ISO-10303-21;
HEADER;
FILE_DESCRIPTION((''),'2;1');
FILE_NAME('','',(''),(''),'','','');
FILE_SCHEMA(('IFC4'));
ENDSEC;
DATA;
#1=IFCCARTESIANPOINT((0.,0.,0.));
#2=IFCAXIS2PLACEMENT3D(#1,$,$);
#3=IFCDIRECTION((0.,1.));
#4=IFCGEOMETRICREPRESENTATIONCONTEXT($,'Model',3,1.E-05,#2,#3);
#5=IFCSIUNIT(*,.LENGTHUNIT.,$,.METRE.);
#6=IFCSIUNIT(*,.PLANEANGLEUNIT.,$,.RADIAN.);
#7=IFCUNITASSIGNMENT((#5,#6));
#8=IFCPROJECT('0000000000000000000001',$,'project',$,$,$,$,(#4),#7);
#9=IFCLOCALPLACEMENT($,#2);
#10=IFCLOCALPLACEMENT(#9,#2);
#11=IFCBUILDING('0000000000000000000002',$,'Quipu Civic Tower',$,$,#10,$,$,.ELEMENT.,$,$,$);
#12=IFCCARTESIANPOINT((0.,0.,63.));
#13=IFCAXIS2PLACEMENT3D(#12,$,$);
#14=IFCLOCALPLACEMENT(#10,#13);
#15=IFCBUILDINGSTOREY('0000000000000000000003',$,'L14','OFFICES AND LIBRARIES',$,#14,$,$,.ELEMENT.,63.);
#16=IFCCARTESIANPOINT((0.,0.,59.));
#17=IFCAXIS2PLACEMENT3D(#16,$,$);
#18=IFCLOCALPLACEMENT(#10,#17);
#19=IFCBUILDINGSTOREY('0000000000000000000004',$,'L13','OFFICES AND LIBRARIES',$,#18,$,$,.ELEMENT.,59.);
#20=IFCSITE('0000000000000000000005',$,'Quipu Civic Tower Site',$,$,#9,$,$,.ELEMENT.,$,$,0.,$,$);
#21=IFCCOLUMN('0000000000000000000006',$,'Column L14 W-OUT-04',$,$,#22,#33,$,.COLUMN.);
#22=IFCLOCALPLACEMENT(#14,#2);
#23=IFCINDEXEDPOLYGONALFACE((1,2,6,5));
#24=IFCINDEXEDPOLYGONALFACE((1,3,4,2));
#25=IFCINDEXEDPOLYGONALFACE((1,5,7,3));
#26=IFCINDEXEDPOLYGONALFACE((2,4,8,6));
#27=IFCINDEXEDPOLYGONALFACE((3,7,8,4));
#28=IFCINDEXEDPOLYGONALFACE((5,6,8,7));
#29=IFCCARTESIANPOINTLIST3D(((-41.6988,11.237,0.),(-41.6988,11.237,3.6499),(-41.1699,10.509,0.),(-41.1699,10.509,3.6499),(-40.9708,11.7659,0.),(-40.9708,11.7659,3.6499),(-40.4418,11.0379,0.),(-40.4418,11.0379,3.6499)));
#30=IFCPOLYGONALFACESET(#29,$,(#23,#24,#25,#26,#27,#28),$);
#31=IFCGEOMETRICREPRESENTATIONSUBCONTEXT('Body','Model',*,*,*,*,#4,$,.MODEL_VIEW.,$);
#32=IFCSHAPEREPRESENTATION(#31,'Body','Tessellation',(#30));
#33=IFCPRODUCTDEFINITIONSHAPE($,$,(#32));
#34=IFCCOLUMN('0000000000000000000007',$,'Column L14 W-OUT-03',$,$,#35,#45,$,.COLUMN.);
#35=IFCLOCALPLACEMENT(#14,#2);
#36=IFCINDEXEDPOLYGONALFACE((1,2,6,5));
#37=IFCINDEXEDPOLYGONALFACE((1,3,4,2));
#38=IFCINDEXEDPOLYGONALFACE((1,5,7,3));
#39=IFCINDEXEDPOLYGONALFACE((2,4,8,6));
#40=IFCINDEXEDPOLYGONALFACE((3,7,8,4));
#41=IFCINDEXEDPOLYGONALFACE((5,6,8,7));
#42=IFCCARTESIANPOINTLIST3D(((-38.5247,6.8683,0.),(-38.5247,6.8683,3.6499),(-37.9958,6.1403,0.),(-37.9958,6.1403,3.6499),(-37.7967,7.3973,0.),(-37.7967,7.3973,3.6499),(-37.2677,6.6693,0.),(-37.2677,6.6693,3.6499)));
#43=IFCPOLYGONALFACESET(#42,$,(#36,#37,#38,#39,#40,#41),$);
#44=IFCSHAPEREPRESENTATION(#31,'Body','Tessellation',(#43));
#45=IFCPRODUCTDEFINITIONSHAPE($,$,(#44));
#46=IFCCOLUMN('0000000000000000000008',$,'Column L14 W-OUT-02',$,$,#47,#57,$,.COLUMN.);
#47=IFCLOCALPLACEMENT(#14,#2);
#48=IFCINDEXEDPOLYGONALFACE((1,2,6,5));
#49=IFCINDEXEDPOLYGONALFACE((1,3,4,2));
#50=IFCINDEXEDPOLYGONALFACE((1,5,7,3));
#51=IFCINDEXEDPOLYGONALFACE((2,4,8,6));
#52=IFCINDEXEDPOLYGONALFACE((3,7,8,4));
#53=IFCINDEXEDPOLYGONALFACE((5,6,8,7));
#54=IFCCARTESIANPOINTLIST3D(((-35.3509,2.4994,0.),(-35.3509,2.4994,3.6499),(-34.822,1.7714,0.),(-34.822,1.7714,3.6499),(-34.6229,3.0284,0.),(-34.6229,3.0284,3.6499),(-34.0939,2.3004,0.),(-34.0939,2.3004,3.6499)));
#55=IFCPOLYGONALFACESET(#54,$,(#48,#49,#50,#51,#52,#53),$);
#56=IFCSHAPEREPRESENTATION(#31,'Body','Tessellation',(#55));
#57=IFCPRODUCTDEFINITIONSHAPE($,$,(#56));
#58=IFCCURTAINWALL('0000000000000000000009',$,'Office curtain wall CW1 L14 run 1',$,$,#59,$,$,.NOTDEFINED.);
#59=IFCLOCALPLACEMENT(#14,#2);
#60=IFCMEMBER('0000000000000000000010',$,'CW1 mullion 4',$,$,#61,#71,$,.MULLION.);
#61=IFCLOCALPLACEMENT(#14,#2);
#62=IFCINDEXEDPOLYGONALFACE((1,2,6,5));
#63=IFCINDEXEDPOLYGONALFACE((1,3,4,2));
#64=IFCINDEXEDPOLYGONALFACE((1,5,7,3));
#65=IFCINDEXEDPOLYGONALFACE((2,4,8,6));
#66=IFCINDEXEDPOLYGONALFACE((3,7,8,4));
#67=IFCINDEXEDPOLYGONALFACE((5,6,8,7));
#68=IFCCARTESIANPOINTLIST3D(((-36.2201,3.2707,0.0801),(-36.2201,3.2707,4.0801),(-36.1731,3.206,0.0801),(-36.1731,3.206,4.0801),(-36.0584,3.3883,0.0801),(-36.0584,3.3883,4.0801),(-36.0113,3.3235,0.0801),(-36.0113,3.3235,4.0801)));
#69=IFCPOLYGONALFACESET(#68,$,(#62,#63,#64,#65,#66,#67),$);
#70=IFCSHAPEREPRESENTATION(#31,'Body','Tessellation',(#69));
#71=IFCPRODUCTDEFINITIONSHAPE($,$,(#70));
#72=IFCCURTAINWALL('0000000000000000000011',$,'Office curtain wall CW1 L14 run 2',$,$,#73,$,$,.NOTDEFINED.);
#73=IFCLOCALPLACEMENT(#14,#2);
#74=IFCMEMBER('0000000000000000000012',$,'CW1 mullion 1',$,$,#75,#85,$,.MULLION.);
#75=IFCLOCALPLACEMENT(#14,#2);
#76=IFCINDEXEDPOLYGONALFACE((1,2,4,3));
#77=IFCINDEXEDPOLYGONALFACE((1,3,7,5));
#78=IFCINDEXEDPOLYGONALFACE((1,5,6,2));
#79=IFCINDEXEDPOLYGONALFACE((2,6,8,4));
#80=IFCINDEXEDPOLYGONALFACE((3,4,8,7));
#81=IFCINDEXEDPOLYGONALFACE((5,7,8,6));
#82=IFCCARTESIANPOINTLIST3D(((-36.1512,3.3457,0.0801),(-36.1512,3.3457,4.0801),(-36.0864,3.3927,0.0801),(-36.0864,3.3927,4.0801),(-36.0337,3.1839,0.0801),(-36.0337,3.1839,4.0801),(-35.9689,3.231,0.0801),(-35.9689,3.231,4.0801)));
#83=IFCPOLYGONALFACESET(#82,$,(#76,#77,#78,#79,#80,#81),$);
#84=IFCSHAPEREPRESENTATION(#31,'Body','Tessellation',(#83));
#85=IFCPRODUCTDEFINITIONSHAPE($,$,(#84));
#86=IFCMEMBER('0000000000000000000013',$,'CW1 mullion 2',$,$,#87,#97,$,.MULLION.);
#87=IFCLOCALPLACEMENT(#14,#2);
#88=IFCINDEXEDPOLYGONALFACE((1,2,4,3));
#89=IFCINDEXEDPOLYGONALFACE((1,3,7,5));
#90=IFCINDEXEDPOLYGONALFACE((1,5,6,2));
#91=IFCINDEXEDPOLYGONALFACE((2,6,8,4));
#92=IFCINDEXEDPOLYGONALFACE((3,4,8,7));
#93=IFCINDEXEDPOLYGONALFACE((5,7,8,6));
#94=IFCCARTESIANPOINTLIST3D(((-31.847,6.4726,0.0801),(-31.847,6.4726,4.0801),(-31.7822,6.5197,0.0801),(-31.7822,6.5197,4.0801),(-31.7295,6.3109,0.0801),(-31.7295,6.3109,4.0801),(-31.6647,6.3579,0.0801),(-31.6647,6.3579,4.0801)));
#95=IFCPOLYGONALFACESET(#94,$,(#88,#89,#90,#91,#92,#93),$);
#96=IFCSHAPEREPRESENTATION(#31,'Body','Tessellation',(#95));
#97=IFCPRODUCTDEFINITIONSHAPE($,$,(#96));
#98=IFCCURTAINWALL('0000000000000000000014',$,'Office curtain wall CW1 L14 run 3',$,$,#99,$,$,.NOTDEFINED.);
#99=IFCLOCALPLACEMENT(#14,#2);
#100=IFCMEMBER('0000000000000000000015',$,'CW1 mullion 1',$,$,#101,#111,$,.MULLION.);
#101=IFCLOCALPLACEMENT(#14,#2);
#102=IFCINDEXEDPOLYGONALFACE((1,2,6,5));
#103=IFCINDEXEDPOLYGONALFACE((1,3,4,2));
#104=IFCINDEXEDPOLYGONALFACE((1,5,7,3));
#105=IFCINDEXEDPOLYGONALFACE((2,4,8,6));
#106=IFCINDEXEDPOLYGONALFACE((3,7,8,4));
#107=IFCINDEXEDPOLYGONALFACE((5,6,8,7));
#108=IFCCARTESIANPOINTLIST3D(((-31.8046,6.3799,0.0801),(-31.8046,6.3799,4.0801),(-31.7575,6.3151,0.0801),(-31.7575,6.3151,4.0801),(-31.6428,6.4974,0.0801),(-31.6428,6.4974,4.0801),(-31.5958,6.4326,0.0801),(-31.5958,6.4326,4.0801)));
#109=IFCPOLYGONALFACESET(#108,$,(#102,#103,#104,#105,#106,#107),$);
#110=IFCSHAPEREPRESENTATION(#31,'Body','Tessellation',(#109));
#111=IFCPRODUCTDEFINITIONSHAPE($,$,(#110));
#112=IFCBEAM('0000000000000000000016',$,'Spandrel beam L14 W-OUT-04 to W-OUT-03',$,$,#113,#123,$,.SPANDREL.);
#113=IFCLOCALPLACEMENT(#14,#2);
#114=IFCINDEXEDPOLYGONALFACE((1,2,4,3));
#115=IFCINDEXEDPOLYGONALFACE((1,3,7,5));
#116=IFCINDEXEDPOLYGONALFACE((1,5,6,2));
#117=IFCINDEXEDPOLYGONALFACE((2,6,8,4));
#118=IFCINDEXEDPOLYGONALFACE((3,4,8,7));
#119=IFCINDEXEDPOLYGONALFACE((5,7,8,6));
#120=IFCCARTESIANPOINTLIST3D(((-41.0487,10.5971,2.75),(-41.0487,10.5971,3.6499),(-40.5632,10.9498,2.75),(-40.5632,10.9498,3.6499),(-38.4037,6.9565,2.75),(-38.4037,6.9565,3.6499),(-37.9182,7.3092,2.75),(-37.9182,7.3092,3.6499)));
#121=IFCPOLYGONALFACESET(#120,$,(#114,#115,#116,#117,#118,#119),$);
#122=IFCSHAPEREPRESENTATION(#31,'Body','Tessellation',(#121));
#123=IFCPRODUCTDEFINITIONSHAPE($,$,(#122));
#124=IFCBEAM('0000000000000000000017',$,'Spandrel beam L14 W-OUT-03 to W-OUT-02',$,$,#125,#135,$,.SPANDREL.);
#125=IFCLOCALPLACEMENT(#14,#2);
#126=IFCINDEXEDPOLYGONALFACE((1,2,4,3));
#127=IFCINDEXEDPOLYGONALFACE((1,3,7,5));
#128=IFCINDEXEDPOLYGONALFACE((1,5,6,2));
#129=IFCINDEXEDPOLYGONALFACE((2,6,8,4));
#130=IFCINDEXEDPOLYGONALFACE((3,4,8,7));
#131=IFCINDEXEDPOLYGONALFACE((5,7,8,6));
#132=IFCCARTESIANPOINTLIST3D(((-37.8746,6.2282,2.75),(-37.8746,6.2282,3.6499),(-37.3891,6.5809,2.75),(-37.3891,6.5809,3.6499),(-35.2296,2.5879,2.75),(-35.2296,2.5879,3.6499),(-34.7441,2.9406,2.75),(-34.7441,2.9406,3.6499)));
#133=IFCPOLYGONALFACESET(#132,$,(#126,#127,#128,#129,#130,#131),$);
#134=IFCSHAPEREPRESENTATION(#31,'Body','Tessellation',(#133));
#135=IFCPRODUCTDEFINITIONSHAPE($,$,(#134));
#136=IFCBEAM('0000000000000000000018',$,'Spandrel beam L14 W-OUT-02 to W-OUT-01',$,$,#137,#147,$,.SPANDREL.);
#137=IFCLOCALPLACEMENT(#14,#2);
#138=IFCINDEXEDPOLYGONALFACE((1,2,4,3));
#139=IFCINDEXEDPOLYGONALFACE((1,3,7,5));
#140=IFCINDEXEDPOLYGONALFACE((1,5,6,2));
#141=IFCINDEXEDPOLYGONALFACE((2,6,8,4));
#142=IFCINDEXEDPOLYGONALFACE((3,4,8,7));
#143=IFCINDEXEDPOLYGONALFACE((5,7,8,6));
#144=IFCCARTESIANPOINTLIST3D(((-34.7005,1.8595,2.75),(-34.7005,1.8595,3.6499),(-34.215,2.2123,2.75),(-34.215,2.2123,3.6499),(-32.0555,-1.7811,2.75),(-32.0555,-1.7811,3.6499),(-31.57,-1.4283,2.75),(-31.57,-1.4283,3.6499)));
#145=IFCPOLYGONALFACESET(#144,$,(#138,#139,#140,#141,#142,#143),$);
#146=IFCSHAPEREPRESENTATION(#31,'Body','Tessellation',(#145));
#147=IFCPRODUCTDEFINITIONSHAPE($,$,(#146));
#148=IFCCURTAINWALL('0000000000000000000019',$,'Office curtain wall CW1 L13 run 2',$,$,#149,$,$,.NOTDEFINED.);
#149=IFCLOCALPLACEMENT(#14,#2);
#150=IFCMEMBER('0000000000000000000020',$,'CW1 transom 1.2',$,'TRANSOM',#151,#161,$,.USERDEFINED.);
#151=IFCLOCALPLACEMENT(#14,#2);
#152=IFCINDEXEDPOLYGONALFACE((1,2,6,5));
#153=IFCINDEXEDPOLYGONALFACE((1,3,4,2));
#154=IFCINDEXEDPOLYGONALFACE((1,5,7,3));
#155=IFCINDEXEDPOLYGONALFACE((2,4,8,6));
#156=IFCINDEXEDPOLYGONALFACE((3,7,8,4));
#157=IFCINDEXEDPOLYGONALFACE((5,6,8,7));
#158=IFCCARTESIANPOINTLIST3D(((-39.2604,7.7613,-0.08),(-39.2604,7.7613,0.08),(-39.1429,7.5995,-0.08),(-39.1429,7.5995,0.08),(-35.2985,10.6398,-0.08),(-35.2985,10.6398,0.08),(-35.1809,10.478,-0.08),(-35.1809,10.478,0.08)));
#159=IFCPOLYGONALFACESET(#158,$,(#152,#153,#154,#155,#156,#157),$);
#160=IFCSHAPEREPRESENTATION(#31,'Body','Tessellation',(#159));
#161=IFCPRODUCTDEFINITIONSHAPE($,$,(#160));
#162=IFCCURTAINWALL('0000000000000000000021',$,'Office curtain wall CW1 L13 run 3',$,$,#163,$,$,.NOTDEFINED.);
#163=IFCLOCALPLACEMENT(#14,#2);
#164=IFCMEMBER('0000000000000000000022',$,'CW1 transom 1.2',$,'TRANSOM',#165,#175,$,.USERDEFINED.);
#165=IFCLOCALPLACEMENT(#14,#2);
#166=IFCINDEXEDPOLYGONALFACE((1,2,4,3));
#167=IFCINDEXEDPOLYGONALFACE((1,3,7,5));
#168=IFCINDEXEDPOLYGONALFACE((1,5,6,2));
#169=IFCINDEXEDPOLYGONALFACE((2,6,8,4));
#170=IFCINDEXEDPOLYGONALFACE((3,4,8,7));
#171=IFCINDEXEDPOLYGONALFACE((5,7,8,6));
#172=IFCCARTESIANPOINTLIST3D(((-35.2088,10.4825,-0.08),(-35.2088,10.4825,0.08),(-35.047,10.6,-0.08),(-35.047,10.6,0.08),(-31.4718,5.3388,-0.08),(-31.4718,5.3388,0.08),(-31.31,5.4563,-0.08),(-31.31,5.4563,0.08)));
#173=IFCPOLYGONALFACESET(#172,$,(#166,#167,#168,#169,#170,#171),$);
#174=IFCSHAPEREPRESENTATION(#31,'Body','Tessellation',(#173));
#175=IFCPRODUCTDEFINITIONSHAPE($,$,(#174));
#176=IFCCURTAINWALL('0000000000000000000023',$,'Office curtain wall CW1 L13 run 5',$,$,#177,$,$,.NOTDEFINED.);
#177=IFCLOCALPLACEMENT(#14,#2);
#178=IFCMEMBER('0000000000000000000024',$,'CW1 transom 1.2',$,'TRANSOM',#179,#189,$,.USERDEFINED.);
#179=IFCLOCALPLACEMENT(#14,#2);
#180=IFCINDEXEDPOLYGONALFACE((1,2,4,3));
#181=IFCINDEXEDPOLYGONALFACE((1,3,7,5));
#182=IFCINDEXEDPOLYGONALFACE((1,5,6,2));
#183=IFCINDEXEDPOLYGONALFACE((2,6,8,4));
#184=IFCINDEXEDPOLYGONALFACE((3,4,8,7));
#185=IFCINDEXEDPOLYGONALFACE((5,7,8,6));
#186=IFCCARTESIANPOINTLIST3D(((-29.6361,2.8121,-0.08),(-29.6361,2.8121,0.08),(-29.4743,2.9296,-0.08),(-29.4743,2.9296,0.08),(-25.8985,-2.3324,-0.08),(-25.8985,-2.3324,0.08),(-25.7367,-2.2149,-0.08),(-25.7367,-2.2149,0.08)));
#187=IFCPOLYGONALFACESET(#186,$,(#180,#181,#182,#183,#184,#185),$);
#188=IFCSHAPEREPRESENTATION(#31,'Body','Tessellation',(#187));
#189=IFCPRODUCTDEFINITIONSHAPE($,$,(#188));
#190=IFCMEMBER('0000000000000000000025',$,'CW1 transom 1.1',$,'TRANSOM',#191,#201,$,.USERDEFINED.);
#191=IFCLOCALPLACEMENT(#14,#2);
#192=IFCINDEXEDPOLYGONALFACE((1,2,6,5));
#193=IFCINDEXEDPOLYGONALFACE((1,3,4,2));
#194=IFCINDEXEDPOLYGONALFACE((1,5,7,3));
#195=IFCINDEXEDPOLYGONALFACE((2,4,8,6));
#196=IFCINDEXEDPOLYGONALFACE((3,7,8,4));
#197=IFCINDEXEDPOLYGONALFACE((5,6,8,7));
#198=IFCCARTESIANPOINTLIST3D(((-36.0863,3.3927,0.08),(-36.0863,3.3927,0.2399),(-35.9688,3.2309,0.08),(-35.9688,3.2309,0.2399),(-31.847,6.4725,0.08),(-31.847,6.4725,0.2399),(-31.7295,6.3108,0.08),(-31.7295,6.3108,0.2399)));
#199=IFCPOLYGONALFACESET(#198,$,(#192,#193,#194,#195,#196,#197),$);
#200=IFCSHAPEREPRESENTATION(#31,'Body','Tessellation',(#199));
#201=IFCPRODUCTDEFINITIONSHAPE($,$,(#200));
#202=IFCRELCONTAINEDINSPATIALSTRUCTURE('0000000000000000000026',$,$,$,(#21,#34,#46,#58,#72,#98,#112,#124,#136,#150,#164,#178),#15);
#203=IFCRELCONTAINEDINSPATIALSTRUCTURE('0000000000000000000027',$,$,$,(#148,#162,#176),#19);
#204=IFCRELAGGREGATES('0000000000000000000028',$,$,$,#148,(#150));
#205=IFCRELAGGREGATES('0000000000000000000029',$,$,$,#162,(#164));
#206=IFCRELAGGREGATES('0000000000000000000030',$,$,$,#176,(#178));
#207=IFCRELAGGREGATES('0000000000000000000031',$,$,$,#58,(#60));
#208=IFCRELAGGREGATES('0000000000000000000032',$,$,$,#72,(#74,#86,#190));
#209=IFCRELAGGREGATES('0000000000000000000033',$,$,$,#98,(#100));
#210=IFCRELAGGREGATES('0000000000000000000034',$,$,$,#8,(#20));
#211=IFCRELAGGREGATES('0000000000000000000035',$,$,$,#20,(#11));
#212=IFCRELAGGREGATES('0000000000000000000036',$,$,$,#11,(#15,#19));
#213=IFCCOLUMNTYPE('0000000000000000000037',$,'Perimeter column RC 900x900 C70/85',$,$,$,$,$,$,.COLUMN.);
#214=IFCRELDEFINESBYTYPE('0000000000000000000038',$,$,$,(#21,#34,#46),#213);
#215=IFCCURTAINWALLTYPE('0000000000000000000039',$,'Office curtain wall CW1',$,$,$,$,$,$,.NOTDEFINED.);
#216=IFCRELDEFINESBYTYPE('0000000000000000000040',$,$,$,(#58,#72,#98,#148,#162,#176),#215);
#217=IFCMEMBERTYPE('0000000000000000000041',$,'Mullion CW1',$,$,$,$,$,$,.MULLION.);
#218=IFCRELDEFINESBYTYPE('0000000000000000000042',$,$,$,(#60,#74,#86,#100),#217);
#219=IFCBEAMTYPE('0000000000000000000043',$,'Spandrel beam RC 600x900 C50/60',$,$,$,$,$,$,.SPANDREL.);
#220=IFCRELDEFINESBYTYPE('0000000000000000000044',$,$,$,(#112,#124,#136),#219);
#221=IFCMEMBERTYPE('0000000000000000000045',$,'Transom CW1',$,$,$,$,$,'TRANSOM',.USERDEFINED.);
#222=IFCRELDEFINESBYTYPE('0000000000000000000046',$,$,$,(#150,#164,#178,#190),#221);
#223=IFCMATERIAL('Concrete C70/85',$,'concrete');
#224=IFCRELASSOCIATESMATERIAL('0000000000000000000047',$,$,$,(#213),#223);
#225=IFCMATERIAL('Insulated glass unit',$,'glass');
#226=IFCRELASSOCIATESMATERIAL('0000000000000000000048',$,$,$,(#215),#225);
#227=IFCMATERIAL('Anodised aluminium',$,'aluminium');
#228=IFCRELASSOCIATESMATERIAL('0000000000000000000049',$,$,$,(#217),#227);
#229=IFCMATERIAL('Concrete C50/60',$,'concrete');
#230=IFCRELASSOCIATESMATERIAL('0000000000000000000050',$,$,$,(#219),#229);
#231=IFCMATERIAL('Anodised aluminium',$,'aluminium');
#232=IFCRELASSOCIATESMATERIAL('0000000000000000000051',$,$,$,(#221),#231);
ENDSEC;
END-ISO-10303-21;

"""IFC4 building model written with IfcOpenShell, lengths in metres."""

from ifc_helpers import new_model, si_unit, direction, frame, origin, origin_2d, place, context, subcontext, project, spatial, rectangle, extrude, material, material_profile, profile_set, type_object, element, aggregate, save


model = new_model("IFC4")

# Units and contexts
model_context = context("Model", 3, precision=1e-05, world=origin(), true_north=direction((0.0, 1.0)))
body_context = subcontext(model_context, "Body", "Model", "MODEL_VIEW")
ifc_project = project(units=[si_unit("LENGTHUNIT", "METRE"), si_unit("PLANEANGLEUNIT", "RADIAN")], contexts=[model_context])

# Site, building, storey
site_placement = place(None, origin())
site = spatial("IfcSite", under=ifc_project, at=site_placement, Name="Quipu Civic Tower Site", CompositionType="ELEMENT", RefElevation=0.0)
building_placement = place(site_placement, origin())
building = spatial("IfcBuilding", under=site, at=building_placement, Name="Quipu Civic Tower", CompositionType="ELEMENT")
storey_1_placement = place(building_placement, frame((0.0, 0.0, 63.0)))
storey_1 = spatial("IfcBuildingStorey", under=building, at=storey_1_placement, Name="L14", Description="OFFICES AND LIBRARIES", CompositionType="ELEMENT", Elevation=63.0)

# Columns
ifc_material_1 = material(Name="Concrete C70/85", Category="concrete")
ifc_material_profile_1 = material_profile(ifc_material_1, rectangle(XDim=0.8999, YDim=0.8999, at=origin_2d()), Name="RC900x900")
ifc_profile_set_1 = profile_set([ifc_material_profile_1], Name="Concrete C70/85")
column_type = type_object("IfcColumnType", Name="Perimeter column RC 900x900 C70/85", PredefinedType="COLUMN", material=ifc_profile_set_1)
for number, where, z_axis, x_axis, name in (
    (1, (-41.0703, 11.1375, 0.0), (0.0, 0.0, 1.0), (0.587785, -0.809017, 0.0), "Column L14 W-OUT-04"),
    (2, (-37.8962, 6.7688, 0.0), (0.0, 0.0, 1.0), (0.587785, -0.809017, 0.0), "Column L14 W-OUT-03"),
    (3, (-34.7224, 2.3999, 0.0), (0.0, 0.0, 1.0), (0.587785, -0.809017, 0.0), "Column L14 W-OUT-02"),
):
    element("IfcColumn", number, at=place(storey_1_placement, frame(where, z_axis=z_axis, x_axis=x_axis)), inside=storey_1, type_object=column_type, Name=name, PredefinedType="COLUMN", context=body_context, shape_type="SweptSolid", body=[
        extrude(rectangle(XDim=0.8999, YDim=0.8999, at=origin_2d()), origin(), (0.0, 0.0, 1.0), 3.6499),
    ])

# Curtain wall, member
ifc_material_2 = material(Name="Insulated glass unit", Category="glass")
curtain_wall_type = type_object("IfcCurtainWallType", Name="Office curtain wall CW1", PredefinedType="NOTDEFINED", material=ifc_material_2)
curtain_wall_1_placement = place(storey_1_placement, origin())
curtain_wall_1 = element("IfcCurtainWall", 4, at=curtain_wall_1_placement, inside=storey_1, type_object=curtain_wall_type, Name="Office curtain wall CW1 L14 run 1", PredefinedType="NOTDEFINED")
ifc_material_3 = material(Name="Anodised aluminium", Category="aluminium")
ifc_material_profile_2 = material_profile(ifc_material_3, rectangle(XDim=0.2, YDim=0.0801, at=origin_2d()), Name="RECT 200x80")
ifc_profile_set_2 = profile_set([ifc_material_profile_2], Name="Anodised aluminium")
member_type_1 = type_object("IfcMemberType", Name="Mullion CW1", PredefinedType="MULLION", material=ifc_profile_set_2)
member_1_placement = place(storey_1_placement, frame((-36.1157, 3.2971, 0.0801), z_axis=(0.0, 0.0, 1.0), x_axis=(0.809016, 0.587786, 0.0)))
member_1 = element("IfcMember", 5, at=member_1_placement, type_object=member_type_1, Name="CW1 mullion 4", PredefinedType="MULLION", context=body_context, shape_type="SweptSolid", body=[
    extrude(rectangle(XDim=0.2, YDim=0.0801, at=origin_2d()), origin(), (0.0, 0.0, 1.0), 4.0),
])

# Curtain wall, members
curtain_wall_2_placement = place(storey_1_placement, origin())
curtain_wall_2 = element("IfcCurtainWall", 6, at=curtain_wall_2_placement, inside=storey_1, type_object=curtain_wall_type, Name="Office curtain wall CW1 L14 run 2", PredefinedType="NOTDEFINED")
member_2_placement = place(storey_1_placement, frame((-36.0601, 3.2883, 0.0801), z_axis=(0.0, 0.0, 1.0), x_axis=(-0.58778, 0.809021, 0.0)))
member_2 = element("IfcMember", 7, at=member_2_placement, type_object=member_type_1, Name="CW1 mullion 1", PredefinedType="MULLION", context=body_context, shape_type="SweptSolid", body=[
    extrude(rectangle(XDim=0.2, YDim=0.0801, at=origin_2d()), origin(), (0.0, 0.0, 1.0), 4.0),
])
member_3_placement = place(storey_1_placement, frame((-31.7559, 6.4153, 0.0801), z_axis=(0.0, 0.0, 1.0), x_axis=(-0.58778, 0.809021, 0.0)))
member_3 = element("IfcMember", 8, at=member_3_placement, type_object=member_type_1, Name="CW1 mullion 2", PredefinedType="MULLION", context=body_context, shape_type="SweptSolid", body=[
    extrude(rectangle(XDim=0.2, YDim=0.0801, at=origin_2d()), origin(), (0.0, 0.0, 1.0), 4.0),
])

# Curtain wall, member
curtain_wall_3_placement = place(storey_1_placement, origin())
curtain_wall_3 = element("IfcCurtainWall", 9, at=curtain_wall_3_placement, inside=storey_1, type_object=curtain_wall_type, Name="Office curtain wall CW1 L14 run 3", PredefinedType="NOTDEFINED")
member_4_placement = place(storey_1_placement, frame((-31.7002, 6.4062, 0.0801), z_axis=(0.0, 0.0, 1.0), x_axis=(0.809016, 0.587787, 0.0)))
member_4 = element("IfcMember", 10, at=member_4_placement, type_object=member_type_1, Name="CW1 mullion 1", PredefinedType="MULLION", context=body_context, shape_type="SweptSolid", body=[
    extrude(rectangle(XDim=0.2, YDim=0.0801, at=origin_2d()), origin(), (0.0, 0.0, 1.0), 4.0),
])

# Beams
ifc_material_4 = material(Name="Concrete C50/60", Category="concrete")
ifc_material_profile_3 = material_profile(ifc_material_4, rectangle(XDim=0.6001, YDim=0.8999, at=origin_2d()), Name="RC600x900")
ifc_profile_set_3 = profile_set([ifc_material_profile_3], Name="Concrete C50/60")
beam_type = type_object("IfcBeamType", Name="Spandrel beam RC 600x900 C50/60", PredefinedType="SPANDREL", material=ifc_profile_set_3)
beam_1_placement = place(storey_1_placement, frame((-40.8059, 10.7734, 3.2), z_axis=(0.587778, -0.809022, 0.0), x_axis=(0.809022, 0.587778, 0.0)))
element("IfcBeam", 11, at=beam_1_placement, inside=storey_1, type_object=beam_type, Name="Spandrel beam L14 W-OUT-04 to W-OUT-03", PredefinedType="SPANDREL", context=body_context, shape_type="SweptSolid", body=[
    extrude(rectangle(XDim=0.6001, YDim=0.8999, at=origin_2d()), origin(), (0.0, 0.0, 1.0), 4.5),
])
beam_2_placement = place(storey_1_placement, frame((-37.6318, 6.4045, 3.2), z_axis=(0.587804, -0.809003, 0.0), x_axis=(0.809003, 0.587804, 0.0)))
element("IfcBeam", 12, at=beam_2_placement, inside=storey_1, type_object=beam_type, Name="Spandrel beam L14 W-OUT-03 to W-OUT-02", PredefinedType="SPANDREL", context=body_context, shape_type="SweptSolid", body=[
    extrude(rectangle(XDim=0.6001, YDim=0.8999, at=origin_2d()), origin(), (0.0, 0.0, 1.0), 4.4998),
])
beam_3_placement = place(storey_1_placement, frame((-34.4578, 2.0359, 3.2), z_axis=(0.587778, -0.809022, 0.0), x_axis=(0.809022, 0.587778, 0.0)))
element("IfcBeam", 13, at=beam_3_placement, inside=storey_1, type_object=beam_type, Name="Spandrel beam L14 W-OUT-02 to W-OUT-01", PredefinedType="SPANDREL", context=body_context, shape_type="SweptSolid", body=[
    extrude(rectangle(XDim=0.6001, YDim=0.8999, at=origin_2d()), origin(), (0.0, 0.0, 1.0), 4.5),
])

# Shared definitions
storey_2_placement = place(building_placement, frame((0.0, 0.0, 59.0)))
storey_2 = spatial("IfcBuildingStorey", under=building, at=storey_2_placement, Name="L13", Description="OFFICES AND LIBRARIES", CompositionType="ELEMENT", Elevation=59.0)

# Curtain walls, members
curtain_wall_4_placement = place(storey_2_placement, origin())
curtain_wall_4 = element("IfcCurtainWall", 14, at=curtain_wall_4_placement, inside=storey_2, type_object=curtain_wall_type, Name="Office curtain wall CW1 L13 run 2", PredefinedType="NOTDEFINED")
ifc_material_5 = material(Name="Anodised aluminium", Category="aluminium")
ifc_material_profile_4 = material_profile(ifc_material_5, rectangle(XDim=0.2, YDim=0.1599, at=origin_2d()), Name="RECT 200x160")
ifc_profile_set_4 = profile_set([ifc_material_profile_4], Name="Anodised aluminium")
member_type_2 = type_object("IfcMemberType", Name="Transom CW1", ElementType="TRANSOM", PredefinedType="USERDEFINED", material=ifc_profile_set_4)
member_5_placement = place(storey_1_placement, frame((-39.2017, 7.6804, 0.0), z_axis=(0.809025, 0.587774, 0.0), x_axis=(-0.587774, 0.809025, 0.0)))
member_5 = element("IfcMember", 15, at=member_5_placement, inside=storey_1, type_object=member_type_2, Name="CW1 transom 1.2", ObjectType="TRANSOM", PredefinedType="USERDEFINED", context=body_context, shape_type="SweptSolid", body=[
    extrude(rectangle(XDim=0.2, YDim=0.1599, at=origin_2d()), origin(), (0.0, 0.0, 1.0), 4.8972),
])
aggregate(curtain_wall_4, [member_5])
curtain_wall_5_placement = place(storey_2_placement, origin())
curtain_wall_5 = element("IfcCurtainWall", 16, at=curtain_wall_5_placement, inside=storey_2, type_object=curtain_wall_type, Name="Office curtain wall CW1 L13 run 3", PredefinedType="NOTDEFINED")
member_6_placement = place(storey_1_placement, frame((-35.1279, 10.5413, 0.0), z_axis=(0.587772, -0.809027, 0.0), x_axis=(0.809027, 0.587772, 0.0)))
member_6 = element("IfcMember", 17, at=member_6_placement, inside=storey_1, type_object=member_type_2, Name="CW1 transom 1.2", ObjectType="TRANSOM", PredefinedType="USERDEFINED", context=body_context, shape_type="SweptSolid", body=[
    extrude(rectangle(XDim=0.2, YDim=0.1599, at=origin_2d()), origin(), (0.0, 0.0, 1.0), 6.3579),
])
aggregate(curtain_wall_5, [member_6])
curtain_wall_6_placement = place(storey_2_placement, origin())
curtain_wall_6 = element("IfcCurtainWall", 18, at=curtain_wall_6_placement, inside=storey_2, type_object=curtain_wall_type, Name="Office curtain wall CW1 L13 run 5", PredefinedType="NOTDEFINED")
member_7_placement = place(storey_1_placement, frame((-29.5552, 2.8708, 0.0), z_axis=(0.587768, -0.80903, 0.0), x_axis=(0.80903, 0.587768, 0.0)))
member_7 = element("IfcMember", 19, at=member_7_placement, inside=storey_1, type_object=member_type_2, Name="CW1 transom 1.2", ObjectType="TRANSOM", PredefinedType="USERDEFINED", context=body_context, shape_type="SweptSolid", body=[
    extrude(rectangle(XDim=0.2, YDim=0.1599, at=origin_2d()), origin(), (0.0, 0.0, 1.0), 6.3589),
])
aggregate(curtain_wall_6, [member_7])

# Member
member_8_placement = place(storey_1_placement, frame((-36.0276, 3.3118, 0.1599), z_axis=(0.809032, 0.587764, 0.0), x_axis=(-0.587764, 0.809032, 0.0)))
member_8 = element("IfcMember", 20, at=member_8_placement, type_object=member_type_2, Name="CW1 transom 1.1", ObjectType="TRANSOM", PredefinedType="USERDEFINED", context=body_context, shape_type="SweptSolid", body=[
    extrude(rectangle(XDim=0.2, YDim=0.1599, at=origin_2d()), origin(), (0.0, 0.0, 1.0), 5.24),
])

aggregate(curtain_wall_1, [member_1])
aggregate(curtain_wall_2, [member_2, member_3, member_8])
aggregate(curtain_wall_3, [member_4])

save(model, "model.ifc")
